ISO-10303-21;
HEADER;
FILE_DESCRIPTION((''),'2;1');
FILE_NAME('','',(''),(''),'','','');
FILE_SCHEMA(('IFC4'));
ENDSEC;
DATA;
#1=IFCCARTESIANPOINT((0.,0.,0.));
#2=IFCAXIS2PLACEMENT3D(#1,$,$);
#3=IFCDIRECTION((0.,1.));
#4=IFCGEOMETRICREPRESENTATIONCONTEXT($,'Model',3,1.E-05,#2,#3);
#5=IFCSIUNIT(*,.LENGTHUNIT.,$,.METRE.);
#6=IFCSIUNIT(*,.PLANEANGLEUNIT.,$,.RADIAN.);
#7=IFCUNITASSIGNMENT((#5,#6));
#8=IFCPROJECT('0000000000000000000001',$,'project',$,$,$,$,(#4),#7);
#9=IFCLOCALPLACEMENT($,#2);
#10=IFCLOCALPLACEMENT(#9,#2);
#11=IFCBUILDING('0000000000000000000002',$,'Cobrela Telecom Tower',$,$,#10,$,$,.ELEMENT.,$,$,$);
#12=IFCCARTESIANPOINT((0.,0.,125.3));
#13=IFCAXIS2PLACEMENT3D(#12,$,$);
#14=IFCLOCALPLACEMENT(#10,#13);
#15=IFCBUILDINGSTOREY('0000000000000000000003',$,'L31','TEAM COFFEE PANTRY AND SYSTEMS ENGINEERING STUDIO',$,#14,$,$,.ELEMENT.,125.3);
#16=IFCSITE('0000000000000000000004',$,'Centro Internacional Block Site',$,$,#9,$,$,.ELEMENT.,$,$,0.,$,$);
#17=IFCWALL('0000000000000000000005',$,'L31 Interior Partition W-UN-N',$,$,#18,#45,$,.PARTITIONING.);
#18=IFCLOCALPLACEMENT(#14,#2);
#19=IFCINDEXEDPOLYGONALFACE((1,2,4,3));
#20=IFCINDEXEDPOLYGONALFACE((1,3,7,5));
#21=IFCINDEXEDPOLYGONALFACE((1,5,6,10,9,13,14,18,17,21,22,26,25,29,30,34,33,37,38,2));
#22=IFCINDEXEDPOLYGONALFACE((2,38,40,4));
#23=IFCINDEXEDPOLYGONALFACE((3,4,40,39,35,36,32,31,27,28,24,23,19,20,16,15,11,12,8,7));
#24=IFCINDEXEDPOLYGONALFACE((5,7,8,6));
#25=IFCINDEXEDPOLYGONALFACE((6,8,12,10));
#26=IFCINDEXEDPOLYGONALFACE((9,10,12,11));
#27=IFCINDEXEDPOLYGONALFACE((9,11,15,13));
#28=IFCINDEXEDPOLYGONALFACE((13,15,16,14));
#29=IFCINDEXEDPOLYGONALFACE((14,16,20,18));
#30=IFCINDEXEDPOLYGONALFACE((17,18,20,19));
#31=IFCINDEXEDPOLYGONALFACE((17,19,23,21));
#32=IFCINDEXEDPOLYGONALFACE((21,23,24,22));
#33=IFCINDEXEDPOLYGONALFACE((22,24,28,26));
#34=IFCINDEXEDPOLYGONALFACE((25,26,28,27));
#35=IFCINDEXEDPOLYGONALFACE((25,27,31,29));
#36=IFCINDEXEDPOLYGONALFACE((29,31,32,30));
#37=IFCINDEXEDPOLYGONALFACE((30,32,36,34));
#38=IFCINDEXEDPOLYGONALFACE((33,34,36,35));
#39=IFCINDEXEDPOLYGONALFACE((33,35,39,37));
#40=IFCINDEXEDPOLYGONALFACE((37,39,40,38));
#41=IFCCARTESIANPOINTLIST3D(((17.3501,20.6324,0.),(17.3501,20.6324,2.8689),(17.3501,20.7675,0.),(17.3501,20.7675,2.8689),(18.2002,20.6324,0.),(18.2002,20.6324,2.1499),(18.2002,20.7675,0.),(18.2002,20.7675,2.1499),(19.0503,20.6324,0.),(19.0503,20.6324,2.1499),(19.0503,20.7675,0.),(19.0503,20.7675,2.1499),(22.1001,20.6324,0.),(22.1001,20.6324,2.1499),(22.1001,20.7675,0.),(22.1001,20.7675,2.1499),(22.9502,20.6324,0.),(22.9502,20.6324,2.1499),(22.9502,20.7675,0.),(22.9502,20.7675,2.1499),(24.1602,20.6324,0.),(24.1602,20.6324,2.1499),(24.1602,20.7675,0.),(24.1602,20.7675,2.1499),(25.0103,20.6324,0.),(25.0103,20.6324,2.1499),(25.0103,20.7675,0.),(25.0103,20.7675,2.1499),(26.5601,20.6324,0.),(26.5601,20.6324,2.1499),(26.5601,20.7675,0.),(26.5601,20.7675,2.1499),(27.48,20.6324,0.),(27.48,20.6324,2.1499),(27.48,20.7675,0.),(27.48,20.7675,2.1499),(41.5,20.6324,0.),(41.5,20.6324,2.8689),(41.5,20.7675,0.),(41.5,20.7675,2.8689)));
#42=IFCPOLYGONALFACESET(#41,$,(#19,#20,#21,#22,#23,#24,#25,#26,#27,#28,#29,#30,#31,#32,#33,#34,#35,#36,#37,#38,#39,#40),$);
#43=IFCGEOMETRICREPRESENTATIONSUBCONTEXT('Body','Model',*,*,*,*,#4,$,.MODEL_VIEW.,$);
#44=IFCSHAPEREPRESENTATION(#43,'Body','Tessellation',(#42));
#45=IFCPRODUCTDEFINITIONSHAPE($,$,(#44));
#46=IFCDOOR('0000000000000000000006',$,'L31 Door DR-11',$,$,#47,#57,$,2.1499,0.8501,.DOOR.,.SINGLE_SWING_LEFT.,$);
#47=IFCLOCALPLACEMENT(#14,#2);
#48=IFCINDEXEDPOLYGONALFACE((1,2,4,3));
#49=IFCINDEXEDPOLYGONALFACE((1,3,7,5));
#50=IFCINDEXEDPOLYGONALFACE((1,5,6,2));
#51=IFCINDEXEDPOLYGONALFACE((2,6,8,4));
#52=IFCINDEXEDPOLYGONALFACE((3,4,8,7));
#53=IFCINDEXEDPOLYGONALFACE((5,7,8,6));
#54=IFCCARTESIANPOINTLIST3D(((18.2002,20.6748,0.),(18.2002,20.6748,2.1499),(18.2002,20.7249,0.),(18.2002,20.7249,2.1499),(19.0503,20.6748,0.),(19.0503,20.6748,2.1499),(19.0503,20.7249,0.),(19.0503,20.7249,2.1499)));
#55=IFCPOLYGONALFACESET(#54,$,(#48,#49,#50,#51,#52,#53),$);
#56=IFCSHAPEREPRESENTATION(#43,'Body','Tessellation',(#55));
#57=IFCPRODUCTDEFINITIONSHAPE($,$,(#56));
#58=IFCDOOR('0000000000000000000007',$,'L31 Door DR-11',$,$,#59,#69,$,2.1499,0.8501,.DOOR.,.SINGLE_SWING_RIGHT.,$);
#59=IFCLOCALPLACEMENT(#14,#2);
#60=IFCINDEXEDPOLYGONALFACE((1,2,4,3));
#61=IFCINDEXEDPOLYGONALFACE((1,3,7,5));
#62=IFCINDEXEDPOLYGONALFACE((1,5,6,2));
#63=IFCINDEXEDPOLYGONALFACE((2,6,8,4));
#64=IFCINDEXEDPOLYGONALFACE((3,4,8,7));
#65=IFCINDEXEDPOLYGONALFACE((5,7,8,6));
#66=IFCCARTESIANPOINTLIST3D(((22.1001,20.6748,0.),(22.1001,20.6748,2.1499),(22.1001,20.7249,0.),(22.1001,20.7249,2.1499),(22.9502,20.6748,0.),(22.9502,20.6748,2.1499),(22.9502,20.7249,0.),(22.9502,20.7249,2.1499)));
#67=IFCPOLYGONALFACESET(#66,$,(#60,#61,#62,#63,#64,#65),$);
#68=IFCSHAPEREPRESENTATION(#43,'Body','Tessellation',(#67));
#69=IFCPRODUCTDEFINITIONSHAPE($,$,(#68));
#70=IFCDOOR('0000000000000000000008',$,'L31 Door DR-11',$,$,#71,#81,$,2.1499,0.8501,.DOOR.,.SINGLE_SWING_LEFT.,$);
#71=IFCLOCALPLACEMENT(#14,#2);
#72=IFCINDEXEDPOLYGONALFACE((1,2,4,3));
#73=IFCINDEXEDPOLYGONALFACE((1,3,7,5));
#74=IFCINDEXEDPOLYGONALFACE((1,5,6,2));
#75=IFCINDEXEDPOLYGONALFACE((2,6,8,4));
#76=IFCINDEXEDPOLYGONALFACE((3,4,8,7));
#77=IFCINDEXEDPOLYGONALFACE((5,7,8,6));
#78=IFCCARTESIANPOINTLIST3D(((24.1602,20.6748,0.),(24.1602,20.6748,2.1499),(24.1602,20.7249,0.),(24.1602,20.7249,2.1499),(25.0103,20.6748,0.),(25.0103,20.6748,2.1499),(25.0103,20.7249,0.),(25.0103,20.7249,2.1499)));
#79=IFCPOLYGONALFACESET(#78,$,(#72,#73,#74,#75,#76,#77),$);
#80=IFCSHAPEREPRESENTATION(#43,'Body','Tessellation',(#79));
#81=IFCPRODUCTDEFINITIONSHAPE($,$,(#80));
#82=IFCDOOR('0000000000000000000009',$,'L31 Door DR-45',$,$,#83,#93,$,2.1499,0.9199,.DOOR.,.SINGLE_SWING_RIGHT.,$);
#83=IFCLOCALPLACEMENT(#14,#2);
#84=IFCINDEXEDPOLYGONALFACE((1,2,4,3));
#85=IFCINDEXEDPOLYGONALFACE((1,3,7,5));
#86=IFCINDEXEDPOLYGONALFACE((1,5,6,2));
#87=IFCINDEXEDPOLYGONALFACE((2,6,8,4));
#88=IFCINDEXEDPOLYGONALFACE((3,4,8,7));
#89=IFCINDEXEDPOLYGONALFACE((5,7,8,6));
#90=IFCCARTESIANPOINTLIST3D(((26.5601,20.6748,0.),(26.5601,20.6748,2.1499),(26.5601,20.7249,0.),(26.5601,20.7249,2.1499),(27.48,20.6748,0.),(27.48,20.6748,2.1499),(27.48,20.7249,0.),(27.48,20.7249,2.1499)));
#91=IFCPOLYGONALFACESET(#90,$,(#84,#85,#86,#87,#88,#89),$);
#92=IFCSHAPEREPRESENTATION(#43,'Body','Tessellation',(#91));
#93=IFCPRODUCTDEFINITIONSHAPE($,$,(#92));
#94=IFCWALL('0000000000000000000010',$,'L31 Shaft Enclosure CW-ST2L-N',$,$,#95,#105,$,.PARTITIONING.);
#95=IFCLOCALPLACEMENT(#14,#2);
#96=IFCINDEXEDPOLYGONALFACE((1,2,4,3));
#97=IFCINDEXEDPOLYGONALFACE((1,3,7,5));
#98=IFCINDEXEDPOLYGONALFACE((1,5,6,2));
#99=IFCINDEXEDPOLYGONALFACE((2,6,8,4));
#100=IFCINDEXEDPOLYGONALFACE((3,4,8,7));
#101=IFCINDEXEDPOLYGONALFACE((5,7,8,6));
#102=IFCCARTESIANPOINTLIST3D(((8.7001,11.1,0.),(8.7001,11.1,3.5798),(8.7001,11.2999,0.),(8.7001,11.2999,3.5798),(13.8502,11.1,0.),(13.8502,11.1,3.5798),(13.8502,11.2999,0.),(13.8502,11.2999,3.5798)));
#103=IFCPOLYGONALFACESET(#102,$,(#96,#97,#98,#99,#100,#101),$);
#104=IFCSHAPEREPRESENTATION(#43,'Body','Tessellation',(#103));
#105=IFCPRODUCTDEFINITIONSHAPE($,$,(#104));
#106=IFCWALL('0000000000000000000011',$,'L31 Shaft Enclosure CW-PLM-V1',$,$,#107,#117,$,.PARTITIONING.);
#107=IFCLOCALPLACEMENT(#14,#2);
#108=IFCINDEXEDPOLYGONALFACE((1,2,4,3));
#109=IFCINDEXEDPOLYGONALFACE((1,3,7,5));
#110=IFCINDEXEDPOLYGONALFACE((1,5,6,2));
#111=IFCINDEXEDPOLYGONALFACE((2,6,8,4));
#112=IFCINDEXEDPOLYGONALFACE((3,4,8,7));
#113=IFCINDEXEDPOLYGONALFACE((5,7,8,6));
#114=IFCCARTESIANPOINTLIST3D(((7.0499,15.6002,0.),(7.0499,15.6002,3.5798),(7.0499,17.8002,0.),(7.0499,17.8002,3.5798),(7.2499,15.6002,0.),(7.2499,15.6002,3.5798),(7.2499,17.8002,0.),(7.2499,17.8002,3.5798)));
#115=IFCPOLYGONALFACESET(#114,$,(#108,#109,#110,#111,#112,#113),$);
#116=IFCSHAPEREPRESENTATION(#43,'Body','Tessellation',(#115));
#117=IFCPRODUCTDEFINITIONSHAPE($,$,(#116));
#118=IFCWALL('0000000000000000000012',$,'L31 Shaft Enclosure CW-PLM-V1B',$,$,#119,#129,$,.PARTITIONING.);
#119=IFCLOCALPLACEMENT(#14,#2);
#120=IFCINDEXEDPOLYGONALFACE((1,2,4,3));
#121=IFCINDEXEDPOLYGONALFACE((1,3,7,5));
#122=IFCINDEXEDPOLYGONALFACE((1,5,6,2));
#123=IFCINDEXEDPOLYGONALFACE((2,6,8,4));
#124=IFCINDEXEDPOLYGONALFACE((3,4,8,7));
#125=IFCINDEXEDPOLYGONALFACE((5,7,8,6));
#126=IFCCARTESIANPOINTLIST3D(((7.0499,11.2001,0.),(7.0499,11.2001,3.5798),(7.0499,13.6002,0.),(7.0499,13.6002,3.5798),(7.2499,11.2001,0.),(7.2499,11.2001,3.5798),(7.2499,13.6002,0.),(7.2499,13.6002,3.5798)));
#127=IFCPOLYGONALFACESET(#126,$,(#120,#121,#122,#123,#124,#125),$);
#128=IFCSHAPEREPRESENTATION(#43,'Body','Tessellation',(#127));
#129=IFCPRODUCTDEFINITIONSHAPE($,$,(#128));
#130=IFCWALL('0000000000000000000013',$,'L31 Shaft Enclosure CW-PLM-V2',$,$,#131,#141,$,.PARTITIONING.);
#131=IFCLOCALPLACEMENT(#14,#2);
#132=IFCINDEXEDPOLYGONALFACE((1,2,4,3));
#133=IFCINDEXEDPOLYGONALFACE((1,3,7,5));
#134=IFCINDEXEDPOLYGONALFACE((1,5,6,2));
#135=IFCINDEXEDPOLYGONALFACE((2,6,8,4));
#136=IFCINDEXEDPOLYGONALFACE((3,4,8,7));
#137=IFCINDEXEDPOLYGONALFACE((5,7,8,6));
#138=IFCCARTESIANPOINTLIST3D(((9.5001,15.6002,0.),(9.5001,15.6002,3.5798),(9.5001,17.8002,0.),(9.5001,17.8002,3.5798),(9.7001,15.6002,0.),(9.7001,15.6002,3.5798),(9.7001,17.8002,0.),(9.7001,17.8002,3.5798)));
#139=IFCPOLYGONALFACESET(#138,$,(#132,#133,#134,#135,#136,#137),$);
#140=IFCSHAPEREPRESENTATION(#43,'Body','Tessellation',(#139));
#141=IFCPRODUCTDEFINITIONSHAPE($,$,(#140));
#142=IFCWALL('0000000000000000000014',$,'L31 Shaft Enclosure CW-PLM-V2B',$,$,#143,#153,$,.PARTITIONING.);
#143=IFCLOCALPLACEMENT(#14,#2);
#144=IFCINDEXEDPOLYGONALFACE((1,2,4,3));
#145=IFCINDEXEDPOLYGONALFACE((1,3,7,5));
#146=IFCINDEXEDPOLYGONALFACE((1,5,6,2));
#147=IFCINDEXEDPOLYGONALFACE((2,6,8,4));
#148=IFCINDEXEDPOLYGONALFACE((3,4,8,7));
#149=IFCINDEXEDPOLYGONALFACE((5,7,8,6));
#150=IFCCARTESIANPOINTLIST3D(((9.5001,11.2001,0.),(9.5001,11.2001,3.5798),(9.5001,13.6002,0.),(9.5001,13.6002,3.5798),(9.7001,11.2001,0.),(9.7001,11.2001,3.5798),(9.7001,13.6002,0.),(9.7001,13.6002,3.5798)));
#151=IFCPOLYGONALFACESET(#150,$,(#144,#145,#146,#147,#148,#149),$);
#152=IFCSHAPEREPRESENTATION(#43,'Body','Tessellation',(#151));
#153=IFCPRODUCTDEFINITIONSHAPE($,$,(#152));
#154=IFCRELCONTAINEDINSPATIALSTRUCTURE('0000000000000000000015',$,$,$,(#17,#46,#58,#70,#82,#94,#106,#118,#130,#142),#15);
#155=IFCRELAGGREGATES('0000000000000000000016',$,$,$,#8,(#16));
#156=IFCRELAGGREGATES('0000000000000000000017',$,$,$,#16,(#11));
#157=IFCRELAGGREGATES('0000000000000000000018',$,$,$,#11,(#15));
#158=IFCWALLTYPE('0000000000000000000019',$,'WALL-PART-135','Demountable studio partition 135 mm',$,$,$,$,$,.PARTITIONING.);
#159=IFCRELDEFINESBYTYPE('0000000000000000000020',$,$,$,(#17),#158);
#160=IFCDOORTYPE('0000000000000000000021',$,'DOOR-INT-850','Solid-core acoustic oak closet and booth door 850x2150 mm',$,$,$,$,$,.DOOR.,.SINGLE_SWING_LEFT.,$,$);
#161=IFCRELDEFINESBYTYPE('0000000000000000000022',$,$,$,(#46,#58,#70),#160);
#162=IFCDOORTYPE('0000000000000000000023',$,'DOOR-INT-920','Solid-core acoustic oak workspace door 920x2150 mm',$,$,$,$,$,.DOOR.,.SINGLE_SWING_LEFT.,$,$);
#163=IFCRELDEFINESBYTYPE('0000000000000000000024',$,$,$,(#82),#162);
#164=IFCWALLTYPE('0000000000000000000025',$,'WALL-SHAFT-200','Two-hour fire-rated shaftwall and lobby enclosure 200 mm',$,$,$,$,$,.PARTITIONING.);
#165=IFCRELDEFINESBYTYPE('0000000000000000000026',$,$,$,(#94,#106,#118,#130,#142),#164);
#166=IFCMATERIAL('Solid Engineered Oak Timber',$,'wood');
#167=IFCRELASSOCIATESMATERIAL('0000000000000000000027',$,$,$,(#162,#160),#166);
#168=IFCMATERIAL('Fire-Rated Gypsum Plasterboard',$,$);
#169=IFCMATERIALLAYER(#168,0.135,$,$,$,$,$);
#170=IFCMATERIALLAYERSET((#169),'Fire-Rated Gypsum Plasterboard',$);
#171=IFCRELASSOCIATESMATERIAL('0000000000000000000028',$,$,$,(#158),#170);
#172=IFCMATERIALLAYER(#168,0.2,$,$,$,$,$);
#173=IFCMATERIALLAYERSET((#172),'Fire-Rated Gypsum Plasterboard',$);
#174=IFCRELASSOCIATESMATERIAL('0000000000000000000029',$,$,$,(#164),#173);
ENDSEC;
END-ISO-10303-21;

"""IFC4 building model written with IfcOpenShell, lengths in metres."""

from ifc_helpers import new_model, si_unit, direction, frame, frame_2d, origin, place, context, subcontext, project, spatial, rectangle, extrude, material, layer, layer_set, type_object, element, fill, save


model = new_model("IFC4")

# Units and contexts
model_context = context("Model", 3, precision=1e-05, world=origin(), true_north=direction((0.0, 1.0)))
body_context = subcontext(model_context, "Body", "Model", "MODEL_VIEW")
ifc_project = project(units=[si_unit("LENGTHUNIT", "METRE"), si_unit("PLANEANGLEUNIT", "RADIAN")], contexts=[model_context])

# Site, building, storey
site_placement = place(None, origin())
site = spatial("IfcSite", under=ifc_project, at=site_placement, Name="Centro Internacional Block Site", CompositionType="ELEMENT", RefElevation=0.0)
building_placement = place(site_placement, origin())
building = spatial("IfcBuilding", under=site, at=building_placement, Name="Cobrela Telecom Tower", CompositionType="ELEMENT")
storey_placement = place(building_placement, frame((0.0, 0.0, 125.3)))
storey = spatial("IfcBuildingStorey", under=building, at=storey_placement, Name="L31", Description="TEAM COFFEE PANTRY AND SYSTEMS ENGINEERING STUDIO", CompositionType="ELEMENT", Elevation=125.3)

# Shared definitions
ifc_material_1 = material(Name="Fire-Rated Gypsum Plasterboard")
ifc_material_2 = material(Name="Solid Engineered Oak Timber", Category="wood")
door_type_1 = type_object("IfcDoorType", Name="DOOR-INT-920", Description="Solid-core acoustic oak workspace door 920x2150 mm", OperationType="SINGLE_SWING_LEFT", PredefinedType="DOOR", material=ifc_material_2)

# Wall, openings, doors
ifc_layer_1 = layer(ifc_material_1, 0.135)
ifc_layer_set_1 = layer_set([ifc_layer_1], Name="Fire-Rated Gypsum Plasterboard")
wall_type_1 = type_object("IfcWallType", Name="WALL-PART-135", Description="Demountable studio partition 135 mm", PredefinedType="PARTITIONING", material=ifc_layer_set_1)
wall_1_placement = place(storey_placement, frame((17.3501, 20.7, 0.0), z_axis=(0.0, 0.0, 1.0), x_axis=(1.0, 0.0, 0.0)))
wall_1 = element("IfcWall", 1, at=wall_1_placement, inside=storey, type_object=wall_type_1, Name="L31 Interior Partition W-UN-N", PredefinedType="PARTITIONING", context=body_context, shape_type="SweptSolid", body=[
    extrude(rectangle(XDim=24.1499, YDim=0.135, at=frame_2d((12.075, 0.0))), origin(), (0.0, 0.0, 1.0), 2.8689),
])
opening_1_placement = place(wall_1_placement, frame((0.8501, 0.0, 0.0)))
opening_1 = element("IfcOpeningElement", 2, at=opening_1_placement, cuts=wall_1, PredefinedType="OPENING", context=body_context, shape_type="SweptSolid", body=[
    extrude(rectangle(XDim=0.8501, YDim=2.1499, at=frame_2d((0.425, 1.075))), frame((0.0, 0.0796, 0.0), z_axis=(0.0, -1.0, 0.0), x_axis=(1.0, 0.0, 0.0)), (0.0, 0.0, 1.0), 0.1589),
])
opening_2_placement = place(wall_1_placement, frame((4.75, 0.0, 0.0)))
opening_2 = element("IfcOpeningElement", 3, at=opening_2_placement, cuts=wall_1, PredefinedType="OPENING", context=body_context, shape_type="SweptSolid", body=[
    extrude(rectangle(XDim=0.8501, YDim=2.1499, at=frame_2d((0.425, 1.075))), frame((0.0, 0.0796, 0.0), z_axis=(0.0, -1.0, 0.0), x_axis=(1.0, 0.0, 0.0)), (0.0, 0.0, 1.0), 0.1589),
])
opening_3_placement = place(wall_1_placement, frame((6.8101, 0.0, 0.0)))
opening_3 = element("IfcOpeningElement", 4, at=opening_3_placement, cuts=wall_1, PredefinedType="OPENING", context=body_context, shape_type="SweptSolid", body=[
    extrude(rectangle(XDim=0.8501, YDim=2.1499, at=frame_2d((0.425, 1.075))), frame((0.0, 0.0796, 0.0), z_axis=(0.0, -1.0, 0.0), x_axis=(1.0, 0.0, 0.0)), (0.0, 0.0, 1.0), 0.1589),
])
opening_4_placement = place(wall_1_placement, frame((9.21, 0.0, 0.0)))
opening_4 = element("IfcOpeningElement", 5, at=opening_4_placement, cuts=wall_1, PredefinedType="OPENING", context=body_context, shape_type="SweptSolid", body=[
    extrude(rectangle(XDim=0.9199, YDim=2.1499, at=frame_2d((0.46, 1.075))), frame((0.0, 0.0796, 0.0), z_axis=(0.0, -1.0, 0.0), x_axis=(1.0, 0.0, 0.0)), (0.0, 0.0, 1.0), 0.1589),
])
door_type_2 = type_object("IfcDoorType", Name="DOOR-INT-850", Description="Solid-core acoustic oak closet and booth door 850x2150 mm", OperationType="SINGLE_SWING_LEFT", PredefinedType="DOOR", material=ifc_material_2)
door_1_placement = place(opening_1_placement, origin())
door_1 = element("IfcDoor", 6, at=door_1_placement, inside=storey, type_object=door_type_2, Name="L31 Door DR-11", OperationType="SINGLE_SWING_LEFT", OverallHeight=2.1499, OverallWidth=0.8501, PredefinedType="DOOR", context=body_context, shape_type="SweptSolid", body=[
    extrude(rectangle(XDim=0.8501, YDim=2.1499, at=frame_2d((0.425, 1.075))), frame((0.0, 0.0249, 0.0), z_axis=(0.0, -1.0, 0.0), x_axis=(1.0, 0.0, 0.0)), (0.0, 0.0, 1.0), 0.05),
])
fill(opening_1, door_1)
door_2_placement = place(opening_2_placement, origin())
door_2 = element("IfcDoor", 7, at=door_2_placement, inside=storey, type_object=door_type_2, Name="L31 Door DR-11", OperationType="SINGLE_SWING_RIGHT", OverallHeight=2.1499, OverallWidth=0.8501, PredefinedType="DOOR", context=body_context, shape_type="SweptSolid", body=[
    extrude(rectangle(XDim=0.8501, YDim=2.1499, at=frame_2d((0.425, 1.075))), frame((0.0, 0.0249, 0.0), z_axis=(0.0, -1.0, 0.0), x_axis=(1.0, 0.0, 0.0)), (0.0, 0.0, 1.0), 0.05),
])
fill(opening_2, door_2)
door_3_placement = place(opening_3_placement, origin())
door_3 = element("IfcDoor", 8, at=door_3_placement, inside=storey, type_object=door_type_2, Name="L31 Door DR-11", OperationType="SINGLE_SWING_LEFT", OverallHeight=2.1499, OverallWidth=0.8501, PredefinedType="DOOR", context=body_context, shape_type="SweptSolid", body=[
    extrude(rectangle(XDim=0.8501, YDim=2.1499, at=frame_2d((0.425, 1.075))), frame((0.0, 0.0249, 0.0), z_axis=(0.0, -1.0, 0.0), x_axis=(1.0, 0.0, 0.0)), (0.0, 0.0, 1.0), 0.05),
])
fill(opening_3, door_3)
door_4_placement = place(opening_4_placement, origin())
door_4 = element("IfcDoor", 9, at=door_4_placement, inside=storey, type_object=door_type_1, Name="L31 Door DR-45", OperationType="SINGLE_SWING_RIGHT", OverallHeight=2.1499, OverallWidth=0.9199, PredefinedType="DOOR", context=body_context, shape_type="SweptSolid", body=[
    extrude(rectangle(XDim=0.9199, YDim=2.1499, at=frame_2d((0.46, 1.075))), frame((0.0, 0.0249, 0.0), z_axis=(0.0, -1.0, 0.0), x_axis=(1.0, 0.0, 0.0)), (0.0, 0.0, 1.0), 0.05),
])
fill(opening_4, door_4)

# Walls
ifc_layer_2 = layer(ifc_material_1, 0.2)
ifc_layer_set_2 = layer_set([ifc_layer_2], Name="Fire-Rated Gypsum Plasterboard")
wall_type_2 = type_object("IfcWallType", Name="WALL-SHAFT-200", Description="Two-hour fire-rated shaftwall and lobby enclosure 200 mm", PredefinedType="PARTITIONING", material=ifc_layer_set_2)
wall_2_placement = place(storey_placement, frame((8.7, 11.2, 0.0), z_axis=(0.0, 0.0, 1.0), x_axis=(1.0, 0.0, 0.0)))
element("IfcWall", 10, at=wall_2_placement, inside=storey, type_object=wall_type_2, Name="L31 Shaft Enclosure CW-ST2L-N", PredefinedType="PARTITIONING", context=body_context, shape_type="SweptSolid", body=[
    extrude(rectangle(XDim=5.1501, YDim=0.2, at=frame_2d((2.5752, 0.0))), origin(), (0.0, 0.0, 1.0), 3.5798),
])
wall_3_placement = place(storey_placement, frame((7.1499, 15.6001, 0.0), z_axis=(0.0, 0.0, 1.0), x_axis=(0.0, 1.0, 0.0)))
element("IfcWall", 11, at=wall_3_placement, inside=storey, type_object=wall_type_2, Name="L31 Shaft Enclosure CW-PLM-V1", PredefinedType="PARTITIONING", context=body_context, shape_type="SweptSolid", body=[
    extrude(rectangle(XDim=2.2, YDim=0.2, at=frame_2d((1.1001, 0.0))), origin(), (0.0, 0.0, 1.0), 3.5798),
])
wall_4_placement = place(storey_placement, frame((7.1499, 11.2, 0.0), z_axis=(0.0, 0.0, 1.0), x_axis=(0.0, 1.0, 0.0)))
element("IfcWall", 12, at=wall_4_placement, inside=storey, type_object=wall_type_2, Name="L31 Shaft Enclosure CW-PLM-V1B", PredefinedType="PARTITIONING", context=body_context, shape_type="SweptSolid", body=[
    extrude(rectangle(XDim=2.4001, YDim=0.2, at=frame_2d((1.2002, 0.0))), origin(), (0.0, 0.0, 1.0), 3.5798),
])
wall_5_placement = place(storey_placement, frame((9.6001, 15.6001, 0.0), z_axis=(0.0, 0.0, 1.0), x_axis=(0.0, 1.0, 0.0)))
element("IfcWall", 13, at=wall_5_placement, inside=storey, type_object=wall_type_2, Name="L31 Shaft Enclosure CW-PLM-V2", PredefinedType="PARTITIONING", context=body_context, shape_type="SweptSolid", body=[
    extrude(rectangle(XDim=2.2, YDim=0.2, at=frame_2d((1.1001, 0.0))), origin(), (0.0, 0.0, 1.0), 3.5798),
])
wall_6_placement = place(storey_placement, frame((9.6001, 11.2, 0.0), z_axis=(0.0, 0.0, 1.0), x_axis=(0.0, 1.0, 0.0)))
element("IfcWall", 14, at=wall_6_placement, inside=storey, type_object=wall_type_2, Name="L31 Shaft Enclosure CW-PLM-V2B", PredefinedType="PARTITIONING", context=body_context, shape_type="SweptSolid", body=[
    extrude(rectangle(XDim=2.4001, YDim=0.2, at=frame_2d((1.2002, 0.0))), origin(), (0.0, 0.0, 1.0), 3.5798),
])

save(model, "model.ifc")
